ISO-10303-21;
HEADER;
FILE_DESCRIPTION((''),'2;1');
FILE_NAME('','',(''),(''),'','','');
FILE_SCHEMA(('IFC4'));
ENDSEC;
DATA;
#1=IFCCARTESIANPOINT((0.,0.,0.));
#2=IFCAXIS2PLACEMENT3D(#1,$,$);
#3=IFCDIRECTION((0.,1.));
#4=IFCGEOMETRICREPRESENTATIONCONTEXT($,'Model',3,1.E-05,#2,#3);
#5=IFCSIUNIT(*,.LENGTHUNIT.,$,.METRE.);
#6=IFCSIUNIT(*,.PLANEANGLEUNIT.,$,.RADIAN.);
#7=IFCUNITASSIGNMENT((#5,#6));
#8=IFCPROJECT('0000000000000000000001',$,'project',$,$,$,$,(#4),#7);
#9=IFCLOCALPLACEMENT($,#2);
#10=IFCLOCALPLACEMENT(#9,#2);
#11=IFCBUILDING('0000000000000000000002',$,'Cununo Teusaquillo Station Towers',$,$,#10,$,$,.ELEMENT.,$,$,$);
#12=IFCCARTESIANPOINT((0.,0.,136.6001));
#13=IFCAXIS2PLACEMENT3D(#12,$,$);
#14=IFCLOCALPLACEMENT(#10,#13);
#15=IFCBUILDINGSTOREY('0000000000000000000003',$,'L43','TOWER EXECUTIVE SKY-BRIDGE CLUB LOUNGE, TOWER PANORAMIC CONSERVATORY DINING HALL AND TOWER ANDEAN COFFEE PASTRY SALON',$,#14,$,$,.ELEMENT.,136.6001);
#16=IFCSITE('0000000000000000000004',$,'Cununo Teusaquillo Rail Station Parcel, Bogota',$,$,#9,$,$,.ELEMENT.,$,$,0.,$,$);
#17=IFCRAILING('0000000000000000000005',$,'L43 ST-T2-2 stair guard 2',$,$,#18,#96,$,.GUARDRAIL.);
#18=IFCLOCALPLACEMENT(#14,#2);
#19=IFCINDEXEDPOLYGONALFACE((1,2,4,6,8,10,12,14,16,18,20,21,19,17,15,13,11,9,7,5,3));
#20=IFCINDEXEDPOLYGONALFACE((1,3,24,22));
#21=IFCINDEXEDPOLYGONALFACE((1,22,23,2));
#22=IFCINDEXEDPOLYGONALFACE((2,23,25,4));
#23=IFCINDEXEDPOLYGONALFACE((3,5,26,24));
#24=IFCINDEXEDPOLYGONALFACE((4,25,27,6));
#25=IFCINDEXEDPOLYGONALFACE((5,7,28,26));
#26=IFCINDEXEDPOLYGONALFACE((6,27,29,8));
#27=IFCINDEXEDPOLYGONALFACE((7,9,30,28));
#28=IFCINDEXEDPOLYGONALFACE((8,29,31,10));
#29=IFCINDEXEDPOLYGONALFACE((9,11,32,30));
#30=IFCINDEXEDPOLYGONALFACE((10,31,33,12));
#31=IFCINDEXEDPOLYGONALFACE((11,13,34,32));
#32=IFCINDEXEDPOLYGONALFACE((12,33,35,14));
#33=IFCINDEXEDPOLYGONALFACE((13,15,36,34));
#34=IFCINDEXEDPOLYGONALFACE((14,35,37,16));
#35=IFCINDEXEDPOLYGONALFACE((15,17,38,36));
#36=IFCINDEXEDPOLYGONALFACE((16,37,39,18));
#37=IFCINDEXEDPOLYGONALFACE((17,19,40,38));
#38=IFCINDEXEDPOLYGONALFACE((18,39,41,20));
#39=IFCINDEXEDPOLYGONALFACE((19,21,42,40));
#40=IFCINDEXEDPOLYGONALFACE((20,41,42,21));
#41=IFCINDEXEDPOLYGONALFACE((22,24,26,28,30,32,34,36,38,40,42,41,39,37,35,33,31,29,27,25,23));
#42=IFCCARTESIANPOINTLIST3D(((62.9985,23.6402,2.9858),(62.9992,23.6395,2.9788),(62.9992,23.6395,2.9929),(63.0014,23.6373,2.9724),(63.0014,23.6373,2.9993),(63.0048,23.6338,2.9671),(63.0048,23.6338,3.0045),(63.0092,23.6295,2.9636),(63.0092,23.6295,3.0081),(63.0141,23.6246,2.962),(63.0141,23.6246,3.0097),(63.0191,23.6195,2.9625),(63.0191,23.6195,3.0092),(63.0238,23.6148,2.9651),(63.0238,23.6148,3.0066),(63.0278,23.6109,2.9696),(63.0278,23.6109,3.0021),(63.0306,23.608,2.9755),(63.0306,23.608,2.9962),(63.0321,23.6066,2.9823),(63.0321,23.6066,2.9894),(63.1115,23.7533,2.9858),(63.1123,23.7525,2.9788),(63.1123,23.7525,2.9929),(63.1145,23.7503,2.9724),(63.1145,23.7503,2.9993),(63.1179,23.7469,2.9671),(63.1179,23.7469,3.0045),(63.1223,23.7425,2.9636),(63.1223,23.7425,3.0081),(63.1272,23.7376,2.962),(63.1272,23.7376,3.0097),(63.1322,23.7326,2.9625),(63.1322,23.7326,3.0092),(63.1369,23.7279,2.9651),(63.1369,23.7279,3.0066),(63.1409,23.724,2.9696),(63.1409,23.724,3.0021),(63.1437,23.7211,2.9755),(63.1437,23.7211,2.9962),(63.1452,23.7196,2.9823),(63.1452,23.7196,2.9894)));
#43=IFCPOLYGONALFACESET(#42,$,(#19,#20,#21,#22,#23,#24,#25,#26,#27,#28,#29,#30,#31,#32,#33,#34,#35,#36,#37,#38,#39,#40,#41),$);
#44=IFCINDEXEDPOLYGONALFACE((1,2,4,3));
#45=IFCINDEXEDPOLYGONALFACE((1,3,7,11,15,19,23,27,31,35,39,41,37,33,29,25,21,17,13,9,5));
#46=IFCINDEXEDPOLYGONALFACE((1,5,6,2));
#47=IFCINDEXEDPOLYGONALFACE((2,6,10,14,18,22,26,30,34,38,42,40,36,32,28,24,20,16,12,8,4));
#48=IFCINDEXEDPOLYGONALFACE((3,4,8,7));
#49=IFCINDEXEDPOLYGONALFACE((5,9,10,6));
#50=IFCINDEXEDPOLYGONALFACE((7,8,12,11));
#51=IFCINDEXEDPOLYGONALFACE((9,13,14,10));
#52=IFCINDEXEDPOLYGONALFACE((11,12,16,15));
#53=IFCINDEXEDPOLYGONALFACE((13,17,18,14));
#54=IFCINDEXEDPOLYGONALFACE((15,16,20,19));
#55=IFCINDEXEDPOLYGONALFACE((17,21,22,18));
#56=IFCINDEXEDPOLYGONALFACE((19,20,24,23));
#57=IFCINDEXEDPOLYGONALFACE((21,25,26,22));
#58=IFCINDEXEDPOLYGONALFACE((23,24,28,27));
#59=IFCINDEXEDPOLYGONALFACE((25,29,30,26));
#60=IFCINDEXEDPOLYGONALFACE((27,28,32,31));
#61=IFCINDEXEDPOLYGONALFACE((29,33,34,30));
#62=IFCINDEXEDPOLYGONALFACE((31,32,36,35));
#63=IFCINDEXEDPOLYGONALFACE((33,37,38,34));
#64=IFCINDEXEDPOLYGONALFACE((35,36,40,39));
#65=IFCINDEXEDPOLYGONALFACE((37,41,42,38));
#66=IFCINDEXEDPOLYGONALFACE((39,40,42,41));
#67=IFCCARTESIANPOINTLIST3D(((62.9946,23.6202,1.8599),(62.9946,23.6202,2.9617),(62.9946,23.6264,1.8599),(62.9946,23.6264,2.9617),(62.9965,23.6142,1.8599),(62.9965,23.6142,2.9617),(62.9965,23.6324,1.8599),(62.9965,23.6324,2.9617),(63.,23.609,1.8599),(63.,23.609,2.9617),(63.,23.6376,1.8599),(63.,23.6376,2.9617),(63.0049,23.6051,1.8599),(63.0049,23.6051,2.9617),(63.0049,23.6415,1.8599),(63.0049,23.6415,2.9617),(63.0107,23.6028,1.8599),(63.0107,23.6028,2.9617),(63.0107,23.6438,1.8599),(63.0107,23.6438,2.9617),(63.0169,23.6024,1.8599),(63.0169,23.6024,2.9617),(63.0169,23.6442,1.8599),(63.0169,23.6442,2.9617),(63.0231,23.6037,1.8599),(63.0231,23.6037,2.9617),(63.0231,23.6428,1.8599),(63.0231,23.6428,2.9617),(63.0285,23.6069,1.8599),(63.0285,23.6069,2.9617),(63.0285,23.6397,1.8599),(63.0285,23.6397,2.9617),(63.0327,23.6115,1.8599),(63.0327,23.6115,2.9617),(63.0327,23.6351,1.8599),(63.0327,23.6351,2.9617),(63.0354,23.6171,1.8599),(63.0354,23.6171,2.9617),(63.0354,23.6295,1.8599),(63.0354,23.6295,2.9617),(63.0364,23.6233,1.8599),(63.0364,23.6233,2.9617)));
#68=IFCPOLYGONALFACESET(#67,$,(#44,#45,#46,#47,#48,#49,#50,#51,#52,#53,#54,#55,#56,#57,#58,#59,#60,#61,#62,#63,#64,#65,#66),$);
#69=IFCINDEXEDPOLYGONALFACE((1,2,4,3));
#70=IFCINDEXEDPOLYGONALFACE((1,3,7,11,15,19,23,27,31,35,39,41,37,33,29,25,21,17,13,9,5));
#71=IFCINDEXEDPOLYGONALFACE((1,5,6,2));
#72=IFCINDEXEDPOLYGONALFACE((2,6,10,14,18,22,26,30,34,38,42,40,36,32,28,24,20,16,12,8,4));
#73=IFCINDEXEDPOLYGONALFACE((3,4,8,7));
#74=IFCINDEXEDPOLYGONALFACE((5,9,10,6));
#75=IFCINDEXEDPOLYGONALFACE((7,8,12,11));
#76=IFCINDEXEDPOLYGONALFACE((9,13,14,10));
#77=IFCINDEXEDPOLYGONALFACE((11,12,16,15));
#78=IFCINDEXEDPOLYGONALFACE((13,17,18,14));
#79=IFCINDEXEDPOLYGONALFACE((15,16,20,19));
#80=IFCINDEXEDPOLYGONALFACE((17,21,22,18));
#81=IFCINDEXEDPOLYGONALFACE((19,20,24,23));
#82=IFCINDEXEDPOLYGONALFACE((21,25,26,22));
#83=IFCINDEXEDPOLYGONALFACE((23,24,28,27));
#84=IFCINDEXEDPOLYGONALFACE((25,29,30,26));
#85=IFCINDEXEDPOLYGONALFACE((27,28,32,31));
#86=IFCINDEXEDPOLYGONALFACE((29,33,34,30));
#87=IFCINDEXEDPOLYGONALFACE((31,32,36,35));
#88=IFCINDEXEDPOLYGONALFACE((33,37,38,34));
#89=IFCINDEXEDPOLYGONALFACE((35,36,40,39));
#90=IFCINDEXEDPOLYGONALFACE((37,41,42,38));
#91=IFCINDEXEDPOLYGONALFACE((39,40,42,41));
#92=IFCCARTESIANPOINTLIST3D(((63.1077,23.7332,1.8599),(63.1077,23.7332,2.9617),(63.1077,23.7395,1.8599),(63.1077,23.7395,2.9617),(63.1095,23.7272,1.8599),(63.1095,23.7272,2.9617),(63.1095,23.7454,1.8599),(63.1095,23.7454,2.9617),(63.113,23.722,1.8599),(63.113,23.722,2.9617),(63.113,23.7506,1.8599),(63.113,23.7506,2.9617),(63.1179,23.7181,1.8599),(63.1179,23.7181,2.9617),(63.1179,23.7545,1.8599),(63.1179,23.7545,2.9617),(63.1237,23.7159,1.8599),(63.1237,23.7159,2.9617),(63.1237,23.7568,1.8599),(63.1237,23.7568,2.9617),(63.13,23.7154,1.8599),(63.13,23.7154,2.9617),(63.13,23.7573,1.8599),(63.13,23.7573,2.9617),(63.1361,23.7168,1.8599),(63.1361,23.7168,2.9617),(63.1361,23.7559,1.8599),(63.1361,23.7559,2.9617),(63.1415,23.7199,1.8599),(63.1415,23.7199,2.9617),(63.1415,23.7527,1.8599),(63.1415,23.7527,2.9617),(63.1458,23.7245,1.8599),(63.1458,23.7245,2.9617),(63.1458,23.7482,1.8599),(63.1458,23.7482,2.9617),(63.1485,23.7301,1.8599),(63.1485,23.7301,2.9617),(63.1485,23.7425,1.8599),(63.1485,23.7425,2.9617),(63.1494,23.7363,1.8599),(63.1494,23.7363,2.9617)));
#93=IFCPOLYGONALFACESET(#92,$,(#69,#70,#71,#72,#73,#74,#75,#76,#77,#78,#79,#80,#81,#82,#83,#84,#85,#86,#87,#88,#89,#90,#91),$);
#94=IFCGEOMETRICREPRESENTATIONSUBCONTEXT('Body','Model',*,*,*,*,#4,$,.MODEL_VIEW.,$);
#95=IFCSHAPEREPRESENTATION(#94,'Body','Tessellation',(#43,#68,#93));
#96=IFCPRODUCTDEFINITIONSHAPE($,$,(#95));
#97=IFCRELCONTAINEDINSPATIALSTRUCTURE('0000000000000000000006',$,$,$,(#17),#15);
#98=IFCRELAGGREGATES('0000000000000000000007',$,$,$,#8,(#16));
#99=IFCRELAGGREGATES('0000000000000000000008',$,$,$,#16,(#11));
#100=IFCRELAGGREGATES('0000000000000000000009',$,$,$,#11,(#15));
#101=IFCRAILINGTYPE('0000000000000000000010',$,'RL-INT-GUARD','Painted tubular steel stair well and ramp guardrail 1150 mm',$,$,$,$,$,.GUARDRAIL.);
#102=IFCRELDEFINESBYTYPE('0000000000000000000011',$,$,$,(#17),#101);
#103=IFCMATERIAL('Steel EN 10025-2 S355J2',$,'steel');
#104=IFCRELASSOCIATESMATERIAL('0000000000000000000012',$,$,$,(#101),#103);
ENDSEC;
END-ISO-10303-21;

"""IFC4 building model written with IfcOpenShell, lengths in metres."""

from ifc_helpers import new_model, si_unit, direction, frame, origin, origin_2d, place, context, subcontext, project, spatial, circle, extrude, material, type_object, element, save


model = new_model("IFC4")

# Units and contexts
model_context = context("Model", 3, precision=1e-05, world=origin(), true_north=direction((0.0, 1.0)))
body_context = subcontext(model_context, "Body", "Model", "MODEL_VIEW")
ifc_project = project(units=[si_unit("LENGTHUNIT", "METRE"), si_unit("PLANEANGLEUNIT", "RADIAN")], contexts=[model_context])

# Site, building, storey
site_placement = place(None, origin())
site = spatial("IfcSite", under=ifc_project, at=site_placement, Name="Cununo Teusaquillo Rail Station Parcel, Bogota", CompositionType="ELEMENT", RefElevation=0.0)
building_placement = place(site_placement, origin())
building = spatial("IfcBuilding", under=site, at=building_placement, Name="Cununo Teusaquillo Station Towers", CompositionType="ELEMENT")
storey_placement = place(building_placement, frame((0.0, 0.0, 136.6001)))
storey = spatial("IfcBuildingStorey", under=building, at=storey_placement, Name="L43", Description="TOWER EXECUTIVE SKY-BRIDGE CLUB LOUNGE, TOWER PANORAMIC CONSERVATORY DINING HALL AND TOWER ANDEAN COFFEE PASTRY SALON", CompositionType="ELEMENT", Elevation=136.6001)

# Railing
ifc_material_1 = material(Name="Steel EN 10025-2 S355J2", Category="steel")
railing_type_1 = type_object("IfcRailingType", Name="RL-INT-GUARD", Description="Painted tubular steel stair well and ramp guardrail 1150 mm", PredefinedType="GUARDRAIL", material=ifc_material_1)
railing_1_placement = place(storey_placement, frame((63.0154, 23.6233, 1.8599)))
element("IfcRailing", 1, at=railing_1_placement, inside=storey, type_object=railing_type_1, Name="L43 ST-T2-2 stair guard 2", PredefinedType="GUARDRAIL", context=body_context, shape_type="SweptSolid", body=[
    extrude(circle(Radius=0.0239, at=origin_2d()), frame((0.0, 0.0, 1.126), z_axis=(0.707107, 0.707107, 0.0), x_axis=(-0.707107, 0.707107, 0.0)), (0.0, 0.0, 1.0), 0.1599),
    extrude(circle(Radius=0.021, at=origin_2d()), origin(), (0.0, 0.0, 1.0), 1.1018),
    extrude(circle(Radius=0.021, at=origin_2d()), frame((0.113, 0.113, 0.0)), (0.0, 0.0, 1.0), 1.1018),
])

save(model, "model.ifc")
